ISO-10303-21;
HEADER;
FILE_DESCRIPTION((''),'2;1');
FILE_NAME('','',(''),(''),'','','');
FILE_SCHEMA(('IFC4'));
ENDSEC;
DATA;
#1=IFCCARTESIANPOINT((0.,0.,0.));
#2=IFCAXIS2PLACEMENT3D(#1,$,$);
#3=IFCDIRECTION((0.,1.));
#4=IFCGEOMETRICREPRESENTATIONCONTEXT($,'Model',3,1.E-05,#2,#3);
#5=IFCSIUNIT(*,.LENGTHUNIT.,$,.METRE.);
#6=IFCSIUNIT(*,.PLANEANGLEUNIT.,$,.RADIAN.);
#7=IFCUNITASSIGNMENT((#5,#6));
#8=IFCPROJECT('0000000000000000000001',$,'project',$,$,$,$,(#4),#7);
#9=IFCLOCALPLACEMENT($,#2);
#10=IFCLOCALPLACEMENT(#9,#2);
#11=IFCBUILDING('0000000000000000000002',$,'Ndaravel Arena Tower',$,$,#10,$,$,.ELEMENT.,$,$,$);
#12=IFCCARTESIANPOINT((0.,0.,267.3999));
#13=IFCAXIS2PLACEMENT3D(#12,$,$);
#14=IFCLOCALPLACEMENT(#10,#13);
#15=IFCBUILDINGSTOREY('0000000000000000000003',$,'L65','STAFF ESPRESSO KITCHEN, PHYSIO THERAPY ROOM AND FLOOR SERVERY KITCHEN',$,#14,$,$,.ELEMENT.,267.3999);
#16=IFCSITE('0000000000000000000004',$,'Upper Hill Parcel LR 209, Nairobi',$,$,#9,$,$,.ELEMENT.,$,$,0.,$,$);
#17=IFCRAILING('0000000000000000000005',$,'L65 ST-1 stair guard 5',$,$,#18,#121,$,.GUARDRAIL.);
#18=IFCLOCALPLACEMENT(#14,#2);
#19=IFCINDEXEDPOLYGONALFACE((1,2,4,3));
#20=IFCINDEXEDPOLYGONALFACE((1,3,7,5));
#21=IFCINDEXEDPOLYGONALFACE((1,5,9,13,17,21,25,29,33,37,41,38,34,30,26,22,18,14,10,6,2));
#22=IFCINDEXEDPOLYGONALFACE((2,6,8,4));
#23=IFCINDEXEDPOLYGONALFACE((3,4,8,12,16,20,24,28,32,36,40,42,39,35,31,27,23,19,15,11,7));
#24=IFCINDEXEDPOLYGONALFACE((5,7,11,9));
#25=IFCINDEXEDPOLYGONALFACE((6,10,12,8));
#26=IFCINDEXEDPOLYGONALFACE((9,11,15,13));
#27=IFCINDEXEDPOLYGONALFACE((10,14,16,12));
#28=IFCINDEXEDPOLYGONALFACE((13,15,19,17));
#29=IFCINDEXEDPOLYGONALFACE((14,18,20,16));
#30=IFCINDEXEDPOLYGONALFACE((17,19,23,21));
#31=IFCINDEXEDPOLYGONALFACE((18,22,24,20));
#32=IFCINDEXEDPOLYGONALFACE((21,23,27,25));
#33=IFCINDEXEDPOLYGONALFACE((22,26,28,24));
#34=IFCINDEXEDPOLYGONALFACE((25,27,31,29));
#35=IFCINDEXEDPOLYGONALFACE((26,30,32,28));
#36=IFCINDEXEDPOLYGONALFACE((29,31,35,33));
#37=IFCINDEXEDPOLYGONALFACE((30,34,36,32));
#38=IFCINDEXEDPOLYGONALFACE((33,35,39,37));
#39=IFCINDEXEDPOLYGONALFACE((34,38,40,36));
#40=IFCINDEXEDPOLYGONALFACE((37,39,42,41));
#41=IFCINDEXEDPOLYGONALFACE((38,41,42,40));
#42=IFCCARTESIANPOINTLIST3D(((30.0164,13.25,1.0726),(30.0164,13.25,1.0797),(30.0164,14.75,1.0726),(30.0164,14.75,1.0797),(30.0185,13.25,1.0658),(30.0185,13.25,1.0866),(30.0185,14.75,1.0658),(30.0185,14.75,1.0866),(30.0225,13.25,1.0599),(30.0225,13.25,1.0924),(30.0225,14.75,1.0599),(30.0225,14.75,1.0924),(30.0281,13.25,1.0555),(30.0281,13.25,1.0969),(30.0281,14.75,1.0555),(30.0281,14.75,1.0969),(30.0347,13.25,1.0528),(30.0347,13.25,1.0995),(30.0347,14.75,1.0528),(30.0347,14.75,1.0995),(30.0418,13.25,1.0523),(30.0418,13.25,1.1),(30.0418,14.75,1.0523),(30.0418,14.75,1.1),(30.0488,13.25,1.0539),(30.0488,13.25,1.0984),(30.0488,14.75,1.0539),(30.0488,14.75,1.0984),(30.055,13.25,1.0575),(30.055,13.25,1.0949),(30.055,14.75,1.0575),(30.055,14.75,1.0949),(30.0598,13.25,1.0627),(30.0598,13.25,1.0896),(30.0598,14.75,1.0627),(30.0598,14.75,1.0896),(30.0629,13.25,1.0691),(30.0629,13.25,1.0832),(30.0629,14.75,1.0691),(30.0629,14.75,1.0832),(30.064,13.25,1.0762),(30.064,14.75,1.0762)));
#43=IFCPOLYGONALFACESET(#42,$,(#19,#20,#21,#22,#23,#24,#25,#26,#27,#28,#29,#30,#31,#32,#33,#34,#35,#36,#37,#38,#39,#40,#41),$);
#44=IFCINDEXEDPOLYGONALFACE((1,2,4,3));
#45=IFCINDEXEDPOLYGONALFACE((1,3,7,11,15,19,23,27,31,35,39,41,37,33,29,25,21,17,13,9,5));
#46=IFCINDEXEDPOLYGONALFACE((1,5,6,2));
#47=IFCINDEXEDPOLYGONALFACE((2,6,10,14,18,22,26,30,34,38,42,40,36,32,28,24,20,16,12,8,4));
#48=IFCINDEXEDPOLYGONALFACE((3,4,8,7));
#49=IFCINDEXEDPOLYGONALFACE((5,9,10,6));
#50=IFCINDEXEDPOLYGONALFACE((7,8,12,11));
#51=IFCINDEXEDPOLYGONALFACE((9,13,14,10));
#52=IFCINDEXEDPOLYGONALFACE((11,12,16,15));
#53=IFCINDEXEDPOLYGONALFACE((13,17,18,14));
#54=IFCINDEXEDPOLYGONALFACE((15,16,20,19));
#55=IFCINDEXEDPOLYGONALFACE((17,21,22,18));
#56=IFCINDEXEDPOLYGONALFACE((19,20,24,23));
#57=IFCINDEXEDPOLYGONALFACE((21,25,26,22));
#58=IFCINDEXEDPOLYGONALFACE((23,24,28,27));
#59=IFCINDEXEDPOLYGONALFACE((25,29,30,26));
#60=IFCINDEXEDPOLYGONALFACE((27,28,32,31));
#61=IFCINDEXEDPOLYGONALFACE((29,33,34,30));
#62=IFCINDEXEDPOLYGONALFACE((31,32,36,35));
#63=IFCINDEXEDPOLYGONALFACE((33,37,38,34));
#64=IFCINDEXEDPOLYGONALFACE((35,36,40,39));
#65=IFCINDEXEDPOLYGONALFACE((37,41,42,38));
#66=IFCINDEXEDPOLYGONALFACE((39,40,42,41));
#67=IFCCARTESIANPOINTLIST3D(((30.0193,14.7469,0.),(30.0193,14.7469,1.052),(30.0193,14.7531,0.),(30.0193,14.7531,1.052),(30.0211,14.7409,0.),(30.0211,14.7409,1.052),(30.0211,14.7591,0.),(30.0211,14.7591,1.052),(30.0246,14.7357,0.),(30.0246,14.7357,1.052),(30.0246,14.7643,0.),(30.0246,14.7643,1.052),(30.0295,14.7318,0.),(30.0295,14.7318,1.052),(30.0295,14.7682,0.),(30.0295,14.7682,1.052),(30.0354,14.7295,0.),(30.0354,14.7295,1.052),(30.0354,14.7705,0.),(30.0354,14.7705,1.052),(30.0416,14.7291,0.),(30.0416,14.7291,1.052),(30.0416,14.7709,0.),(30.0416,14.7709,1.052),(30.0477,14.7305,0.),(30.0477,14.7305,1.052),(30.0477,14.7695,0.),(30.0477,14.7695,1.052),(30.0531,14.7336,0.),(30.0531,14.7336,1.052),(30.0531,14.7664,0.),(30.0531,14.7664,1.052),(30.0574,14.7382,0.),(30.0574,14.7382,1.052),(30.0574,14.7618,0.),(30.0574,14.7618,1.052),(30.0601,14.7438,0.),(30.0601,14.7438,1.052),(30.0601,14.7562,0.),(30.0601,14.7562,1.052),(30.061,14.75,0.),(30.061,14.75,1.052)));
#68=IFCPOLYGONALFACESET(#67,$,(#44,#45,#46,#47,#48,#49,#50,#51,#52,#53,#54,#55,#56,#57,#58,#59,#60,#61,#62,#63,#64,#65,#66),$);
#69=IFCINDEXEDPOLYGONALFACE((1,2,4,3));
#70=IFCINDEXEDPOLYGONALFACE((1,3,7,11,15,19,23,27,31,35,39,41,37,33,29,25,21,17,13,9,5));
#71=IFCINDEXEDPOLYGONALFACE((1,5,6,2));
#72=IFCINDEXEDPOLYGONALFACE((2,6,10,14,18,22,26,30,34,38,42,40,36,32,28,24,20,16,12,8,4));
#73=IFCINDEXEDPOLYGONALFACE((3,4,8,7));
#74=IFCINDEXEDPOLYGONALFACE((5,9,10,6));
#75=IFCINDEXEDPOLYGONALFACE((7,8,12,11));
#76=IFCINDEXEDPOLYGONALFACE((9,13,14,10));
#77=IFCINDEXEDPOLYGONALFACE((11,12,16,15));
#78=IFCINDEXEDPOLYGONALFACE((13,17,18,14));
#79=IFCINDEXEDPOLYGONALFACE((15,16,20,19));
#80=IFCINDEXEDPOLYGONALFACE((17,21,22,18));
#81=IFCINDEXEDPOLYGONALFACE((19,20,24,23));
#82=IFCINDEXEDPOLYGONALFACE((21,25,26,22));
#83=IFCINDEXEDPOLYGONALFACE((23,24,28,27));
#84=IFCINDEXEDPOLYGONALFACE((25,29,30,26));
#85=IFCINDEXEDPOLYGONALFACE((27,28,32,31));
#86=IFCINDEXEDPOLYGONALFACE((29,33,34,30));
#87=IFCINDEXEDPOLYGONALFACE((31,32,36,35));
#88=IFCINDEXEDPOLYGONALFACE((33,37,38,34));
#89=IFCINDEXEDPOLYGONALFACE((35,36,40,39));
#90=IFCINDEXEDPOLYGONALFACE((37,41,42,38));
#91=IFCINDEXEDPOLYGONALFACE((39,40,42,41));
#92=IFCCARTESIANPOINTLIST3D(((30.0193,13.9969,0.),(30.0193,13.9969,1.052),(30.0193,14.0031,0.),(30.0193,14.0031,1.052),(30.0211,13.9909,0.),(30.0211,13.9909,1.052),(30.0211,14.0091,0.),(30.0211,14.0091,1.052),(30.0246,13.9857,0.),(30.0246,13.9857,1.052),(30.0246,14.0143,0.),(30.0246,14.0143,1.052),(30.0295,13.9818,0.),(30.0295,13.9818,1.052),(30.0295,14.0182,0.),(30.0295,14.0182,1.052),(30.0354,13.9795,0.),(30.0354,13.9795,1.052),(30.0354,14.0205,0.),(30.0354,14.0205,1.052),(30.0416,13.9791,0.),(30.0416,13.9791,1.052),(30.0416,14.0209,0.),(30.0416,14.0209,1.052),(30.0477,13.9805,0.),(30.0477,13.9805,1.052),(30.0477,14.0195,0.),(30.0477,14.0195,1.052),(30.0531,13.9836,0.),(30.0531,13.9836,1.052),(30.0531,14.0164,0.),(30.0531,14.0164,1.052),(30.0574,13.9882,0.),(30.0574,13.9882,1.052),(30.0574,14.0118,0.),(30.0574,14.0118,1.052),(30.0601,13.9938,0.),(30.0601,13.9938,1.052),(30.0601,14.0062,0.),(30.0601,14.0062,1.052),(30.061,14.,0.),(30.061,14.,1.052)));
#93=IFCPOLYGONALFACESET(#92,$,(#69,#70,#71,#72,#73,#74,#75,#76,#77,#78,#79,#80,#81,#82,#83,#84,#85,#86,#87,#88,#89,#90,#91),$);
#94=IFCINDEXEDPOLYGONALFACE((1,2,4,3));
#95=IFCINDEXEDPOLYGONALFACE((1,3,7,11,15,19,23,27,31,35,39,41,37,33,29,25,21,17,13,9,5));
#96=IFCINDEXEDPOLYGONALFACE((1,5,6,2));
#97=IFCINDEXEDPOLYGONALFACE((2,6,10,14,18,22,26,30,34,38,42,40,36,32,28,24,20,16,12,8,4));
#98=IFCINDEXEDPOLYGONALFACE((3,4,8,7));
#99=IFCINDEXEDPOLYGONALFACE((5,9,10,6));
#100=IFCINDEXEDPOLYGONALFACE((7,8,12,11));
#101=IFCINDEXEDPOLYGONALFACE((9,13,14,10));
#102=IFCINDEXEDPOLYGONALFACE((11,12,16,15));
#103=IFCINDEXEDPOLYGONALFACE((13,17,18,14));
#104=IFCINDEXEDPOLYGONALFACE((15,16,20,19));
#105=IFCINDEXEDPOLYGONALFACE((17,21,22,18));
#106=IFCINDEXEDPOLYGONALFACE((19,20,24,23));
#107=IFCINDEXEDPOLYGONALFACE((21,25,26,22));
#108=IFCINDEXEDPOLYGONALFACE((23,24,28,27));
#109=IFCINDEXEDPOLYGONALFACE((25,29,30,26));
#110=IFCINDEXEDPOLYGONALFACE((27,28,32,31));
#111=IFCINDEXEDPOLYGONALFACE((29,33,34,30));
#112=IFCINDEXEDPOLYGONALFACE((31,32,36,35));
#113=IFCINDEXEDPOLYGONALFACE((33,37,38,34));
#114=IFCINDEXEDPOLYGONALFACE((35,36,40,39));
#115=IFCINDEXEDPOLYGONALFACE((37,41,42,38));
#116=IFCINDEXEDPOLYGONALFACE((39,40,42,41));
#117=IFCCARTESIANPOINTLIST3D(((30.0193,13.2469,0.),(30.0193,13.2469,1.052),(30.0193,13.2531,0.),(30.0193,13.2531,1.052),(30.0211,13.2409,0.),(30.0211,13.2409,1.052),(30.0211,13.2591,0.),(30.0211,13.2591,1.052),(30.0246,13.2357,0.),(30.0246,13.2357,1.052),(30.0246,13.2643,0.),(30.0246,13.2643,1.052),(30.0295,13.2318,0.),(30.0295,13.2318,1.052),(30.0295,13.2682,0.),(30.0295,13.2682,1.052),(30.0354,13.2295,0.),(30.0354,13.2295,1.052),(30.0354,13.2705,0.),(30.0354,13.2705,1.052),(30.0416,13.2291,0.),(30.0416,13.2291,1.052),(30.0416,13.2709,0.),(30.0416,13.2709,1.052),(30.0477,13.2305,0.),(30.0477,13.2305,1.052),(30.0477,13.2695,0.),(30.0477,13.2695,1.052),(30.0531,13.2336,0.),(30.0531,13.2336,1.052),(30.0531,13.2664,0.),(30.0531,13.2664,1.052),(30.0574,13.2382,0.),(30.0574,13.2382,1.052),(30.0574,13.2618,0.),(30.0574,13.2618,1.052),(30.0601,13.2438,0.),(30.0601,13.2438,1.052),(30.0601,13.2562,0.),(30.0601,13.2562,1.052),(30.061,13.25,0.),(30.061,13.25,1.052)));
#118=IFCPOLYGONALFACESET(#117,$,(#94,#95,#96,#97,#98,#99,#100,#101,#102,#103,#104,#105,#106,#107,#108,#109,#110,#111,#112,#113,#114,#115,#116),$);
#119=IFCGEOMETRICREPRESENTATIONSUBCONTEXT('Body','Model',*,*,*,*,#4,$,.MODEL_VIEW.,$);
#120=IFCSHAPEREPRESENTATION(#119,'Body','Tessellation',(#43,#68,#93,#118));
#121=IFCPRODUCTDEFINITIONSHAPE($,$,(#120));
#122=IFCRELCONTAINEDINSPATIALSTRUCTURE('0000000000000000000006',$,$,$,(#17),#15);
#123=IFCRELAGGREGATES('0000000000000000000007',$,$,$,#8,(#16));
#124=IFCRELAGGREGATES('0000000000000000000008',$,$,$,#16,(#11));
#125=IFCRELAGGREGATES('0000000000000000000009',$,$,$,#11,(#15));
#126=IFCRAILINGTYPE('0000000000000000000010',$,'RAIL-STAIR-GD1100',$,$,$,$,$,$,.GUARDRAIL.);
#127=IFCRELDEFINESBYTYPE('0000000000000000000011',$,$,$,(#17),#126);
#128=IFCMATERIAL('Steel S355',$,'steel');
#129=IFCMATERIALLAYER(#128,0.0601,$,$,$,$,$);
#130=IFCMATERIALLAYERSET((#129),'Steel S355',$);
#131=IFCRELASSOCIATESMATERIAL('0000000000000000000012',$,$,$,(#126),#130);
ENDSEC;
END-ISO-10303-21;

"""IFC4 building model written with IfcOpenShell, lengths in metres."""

from ifc_helpers import new_model, si_unit, direction, frame, origin, origin_2d, place, context, subcontext, project, spatial, circle, extrude, material, layer, layer_set, type_object, element, save


model = new_model("IFC4")

# Units and contexts
model_context = context("Model", 3, precision=1e-05, world=origin(), true_north=direction((0.0, 1.0)))
body_context = subcontext(model_context, "Body", "Model", "MODEL_VIEW")
ifc_project = project(units=[si_unit("LENGTHUNIT", "METRE"), si_unit("PLANEANGLEUNIT", "RADIAN")], contexts=[model_context])

# Site, building, storey
site_placement = place(None, origin())
site = spatial("IfcSite", under=ifc_project, at=site_placement, Name="Upper Hill Parcel LR 209, Nairobi", CompositionType="ELEMENT", RefElevation=0.0)
building_placement = place(site_placement, origin())
building = spatial("IfcBuilding", under=site, at=building_placement, Name="Ndaravel Arena Tower", CompositionType="ELEMENT")
storey_placement = place(building_placement, frame((0.0, 0.0, 267.3999)))
storey = spatial("IfcBuildingStorey", under=building, at=storey_placement, Name="L65", Description="STAFF ESPRESSO KITCHEN, PHYSIO THERAPY ROOM AND FLOOR SERVERY KITCHEN", CompositionType="ELEMENT", Elevation=267.3999)

# Railing
ifc_material_1 = material(Name="Steel S355", Category="steel")
ifc_layer_1 = layer(ifc_material_1, 0.0601)
ifc_layer_set_1 = layer_set([ifc_layer_1], Name="Steel S355")
railing_type = type_object("IfcRailingType", Name="RAIL-STAIR-GD1100", PredefinedType="GUARDRAIL", material=ifc_layer_set_1)
railing_1_placement = place(storey_placement, frame((30.04, 14.75, 0.0)))
element("IfcRailing", 1, at=railing_1_placement, inside=storey, type_object=railing_type, Name="L65 ST-1 stair guard 5", PredefinedType="GUARDRAIL", context=body_context, shape_type="SweptSolid", body=[
    extrude(circle(Radius=0.0239, at=origin_2d()), frame((0.0, 0.0, 1.0762), z_axis=(0.0, -1.0, 0.0), x_axis=(1.0, 0.0, 0.0)), (0.0, 0.0, 1.0), 1.5),
    extrude(circle(Radius=0.021, at=origin_2d()), origin(), (0.0, 0.0, 1.0), 1.052),
    extrude(circle(Radius=0.021, at=origin_2d()), frame((0.0, -0.75, 0.0)), (0.0, 0.0, 1.0), 1.052),
    extrude(circle(Radius=0.021, at=origin_2d()), frame((0.0, -1.5, 0.0)), (0.0, 0.0, 1.0), 1.052),
])

save(model, "model.ifc")
